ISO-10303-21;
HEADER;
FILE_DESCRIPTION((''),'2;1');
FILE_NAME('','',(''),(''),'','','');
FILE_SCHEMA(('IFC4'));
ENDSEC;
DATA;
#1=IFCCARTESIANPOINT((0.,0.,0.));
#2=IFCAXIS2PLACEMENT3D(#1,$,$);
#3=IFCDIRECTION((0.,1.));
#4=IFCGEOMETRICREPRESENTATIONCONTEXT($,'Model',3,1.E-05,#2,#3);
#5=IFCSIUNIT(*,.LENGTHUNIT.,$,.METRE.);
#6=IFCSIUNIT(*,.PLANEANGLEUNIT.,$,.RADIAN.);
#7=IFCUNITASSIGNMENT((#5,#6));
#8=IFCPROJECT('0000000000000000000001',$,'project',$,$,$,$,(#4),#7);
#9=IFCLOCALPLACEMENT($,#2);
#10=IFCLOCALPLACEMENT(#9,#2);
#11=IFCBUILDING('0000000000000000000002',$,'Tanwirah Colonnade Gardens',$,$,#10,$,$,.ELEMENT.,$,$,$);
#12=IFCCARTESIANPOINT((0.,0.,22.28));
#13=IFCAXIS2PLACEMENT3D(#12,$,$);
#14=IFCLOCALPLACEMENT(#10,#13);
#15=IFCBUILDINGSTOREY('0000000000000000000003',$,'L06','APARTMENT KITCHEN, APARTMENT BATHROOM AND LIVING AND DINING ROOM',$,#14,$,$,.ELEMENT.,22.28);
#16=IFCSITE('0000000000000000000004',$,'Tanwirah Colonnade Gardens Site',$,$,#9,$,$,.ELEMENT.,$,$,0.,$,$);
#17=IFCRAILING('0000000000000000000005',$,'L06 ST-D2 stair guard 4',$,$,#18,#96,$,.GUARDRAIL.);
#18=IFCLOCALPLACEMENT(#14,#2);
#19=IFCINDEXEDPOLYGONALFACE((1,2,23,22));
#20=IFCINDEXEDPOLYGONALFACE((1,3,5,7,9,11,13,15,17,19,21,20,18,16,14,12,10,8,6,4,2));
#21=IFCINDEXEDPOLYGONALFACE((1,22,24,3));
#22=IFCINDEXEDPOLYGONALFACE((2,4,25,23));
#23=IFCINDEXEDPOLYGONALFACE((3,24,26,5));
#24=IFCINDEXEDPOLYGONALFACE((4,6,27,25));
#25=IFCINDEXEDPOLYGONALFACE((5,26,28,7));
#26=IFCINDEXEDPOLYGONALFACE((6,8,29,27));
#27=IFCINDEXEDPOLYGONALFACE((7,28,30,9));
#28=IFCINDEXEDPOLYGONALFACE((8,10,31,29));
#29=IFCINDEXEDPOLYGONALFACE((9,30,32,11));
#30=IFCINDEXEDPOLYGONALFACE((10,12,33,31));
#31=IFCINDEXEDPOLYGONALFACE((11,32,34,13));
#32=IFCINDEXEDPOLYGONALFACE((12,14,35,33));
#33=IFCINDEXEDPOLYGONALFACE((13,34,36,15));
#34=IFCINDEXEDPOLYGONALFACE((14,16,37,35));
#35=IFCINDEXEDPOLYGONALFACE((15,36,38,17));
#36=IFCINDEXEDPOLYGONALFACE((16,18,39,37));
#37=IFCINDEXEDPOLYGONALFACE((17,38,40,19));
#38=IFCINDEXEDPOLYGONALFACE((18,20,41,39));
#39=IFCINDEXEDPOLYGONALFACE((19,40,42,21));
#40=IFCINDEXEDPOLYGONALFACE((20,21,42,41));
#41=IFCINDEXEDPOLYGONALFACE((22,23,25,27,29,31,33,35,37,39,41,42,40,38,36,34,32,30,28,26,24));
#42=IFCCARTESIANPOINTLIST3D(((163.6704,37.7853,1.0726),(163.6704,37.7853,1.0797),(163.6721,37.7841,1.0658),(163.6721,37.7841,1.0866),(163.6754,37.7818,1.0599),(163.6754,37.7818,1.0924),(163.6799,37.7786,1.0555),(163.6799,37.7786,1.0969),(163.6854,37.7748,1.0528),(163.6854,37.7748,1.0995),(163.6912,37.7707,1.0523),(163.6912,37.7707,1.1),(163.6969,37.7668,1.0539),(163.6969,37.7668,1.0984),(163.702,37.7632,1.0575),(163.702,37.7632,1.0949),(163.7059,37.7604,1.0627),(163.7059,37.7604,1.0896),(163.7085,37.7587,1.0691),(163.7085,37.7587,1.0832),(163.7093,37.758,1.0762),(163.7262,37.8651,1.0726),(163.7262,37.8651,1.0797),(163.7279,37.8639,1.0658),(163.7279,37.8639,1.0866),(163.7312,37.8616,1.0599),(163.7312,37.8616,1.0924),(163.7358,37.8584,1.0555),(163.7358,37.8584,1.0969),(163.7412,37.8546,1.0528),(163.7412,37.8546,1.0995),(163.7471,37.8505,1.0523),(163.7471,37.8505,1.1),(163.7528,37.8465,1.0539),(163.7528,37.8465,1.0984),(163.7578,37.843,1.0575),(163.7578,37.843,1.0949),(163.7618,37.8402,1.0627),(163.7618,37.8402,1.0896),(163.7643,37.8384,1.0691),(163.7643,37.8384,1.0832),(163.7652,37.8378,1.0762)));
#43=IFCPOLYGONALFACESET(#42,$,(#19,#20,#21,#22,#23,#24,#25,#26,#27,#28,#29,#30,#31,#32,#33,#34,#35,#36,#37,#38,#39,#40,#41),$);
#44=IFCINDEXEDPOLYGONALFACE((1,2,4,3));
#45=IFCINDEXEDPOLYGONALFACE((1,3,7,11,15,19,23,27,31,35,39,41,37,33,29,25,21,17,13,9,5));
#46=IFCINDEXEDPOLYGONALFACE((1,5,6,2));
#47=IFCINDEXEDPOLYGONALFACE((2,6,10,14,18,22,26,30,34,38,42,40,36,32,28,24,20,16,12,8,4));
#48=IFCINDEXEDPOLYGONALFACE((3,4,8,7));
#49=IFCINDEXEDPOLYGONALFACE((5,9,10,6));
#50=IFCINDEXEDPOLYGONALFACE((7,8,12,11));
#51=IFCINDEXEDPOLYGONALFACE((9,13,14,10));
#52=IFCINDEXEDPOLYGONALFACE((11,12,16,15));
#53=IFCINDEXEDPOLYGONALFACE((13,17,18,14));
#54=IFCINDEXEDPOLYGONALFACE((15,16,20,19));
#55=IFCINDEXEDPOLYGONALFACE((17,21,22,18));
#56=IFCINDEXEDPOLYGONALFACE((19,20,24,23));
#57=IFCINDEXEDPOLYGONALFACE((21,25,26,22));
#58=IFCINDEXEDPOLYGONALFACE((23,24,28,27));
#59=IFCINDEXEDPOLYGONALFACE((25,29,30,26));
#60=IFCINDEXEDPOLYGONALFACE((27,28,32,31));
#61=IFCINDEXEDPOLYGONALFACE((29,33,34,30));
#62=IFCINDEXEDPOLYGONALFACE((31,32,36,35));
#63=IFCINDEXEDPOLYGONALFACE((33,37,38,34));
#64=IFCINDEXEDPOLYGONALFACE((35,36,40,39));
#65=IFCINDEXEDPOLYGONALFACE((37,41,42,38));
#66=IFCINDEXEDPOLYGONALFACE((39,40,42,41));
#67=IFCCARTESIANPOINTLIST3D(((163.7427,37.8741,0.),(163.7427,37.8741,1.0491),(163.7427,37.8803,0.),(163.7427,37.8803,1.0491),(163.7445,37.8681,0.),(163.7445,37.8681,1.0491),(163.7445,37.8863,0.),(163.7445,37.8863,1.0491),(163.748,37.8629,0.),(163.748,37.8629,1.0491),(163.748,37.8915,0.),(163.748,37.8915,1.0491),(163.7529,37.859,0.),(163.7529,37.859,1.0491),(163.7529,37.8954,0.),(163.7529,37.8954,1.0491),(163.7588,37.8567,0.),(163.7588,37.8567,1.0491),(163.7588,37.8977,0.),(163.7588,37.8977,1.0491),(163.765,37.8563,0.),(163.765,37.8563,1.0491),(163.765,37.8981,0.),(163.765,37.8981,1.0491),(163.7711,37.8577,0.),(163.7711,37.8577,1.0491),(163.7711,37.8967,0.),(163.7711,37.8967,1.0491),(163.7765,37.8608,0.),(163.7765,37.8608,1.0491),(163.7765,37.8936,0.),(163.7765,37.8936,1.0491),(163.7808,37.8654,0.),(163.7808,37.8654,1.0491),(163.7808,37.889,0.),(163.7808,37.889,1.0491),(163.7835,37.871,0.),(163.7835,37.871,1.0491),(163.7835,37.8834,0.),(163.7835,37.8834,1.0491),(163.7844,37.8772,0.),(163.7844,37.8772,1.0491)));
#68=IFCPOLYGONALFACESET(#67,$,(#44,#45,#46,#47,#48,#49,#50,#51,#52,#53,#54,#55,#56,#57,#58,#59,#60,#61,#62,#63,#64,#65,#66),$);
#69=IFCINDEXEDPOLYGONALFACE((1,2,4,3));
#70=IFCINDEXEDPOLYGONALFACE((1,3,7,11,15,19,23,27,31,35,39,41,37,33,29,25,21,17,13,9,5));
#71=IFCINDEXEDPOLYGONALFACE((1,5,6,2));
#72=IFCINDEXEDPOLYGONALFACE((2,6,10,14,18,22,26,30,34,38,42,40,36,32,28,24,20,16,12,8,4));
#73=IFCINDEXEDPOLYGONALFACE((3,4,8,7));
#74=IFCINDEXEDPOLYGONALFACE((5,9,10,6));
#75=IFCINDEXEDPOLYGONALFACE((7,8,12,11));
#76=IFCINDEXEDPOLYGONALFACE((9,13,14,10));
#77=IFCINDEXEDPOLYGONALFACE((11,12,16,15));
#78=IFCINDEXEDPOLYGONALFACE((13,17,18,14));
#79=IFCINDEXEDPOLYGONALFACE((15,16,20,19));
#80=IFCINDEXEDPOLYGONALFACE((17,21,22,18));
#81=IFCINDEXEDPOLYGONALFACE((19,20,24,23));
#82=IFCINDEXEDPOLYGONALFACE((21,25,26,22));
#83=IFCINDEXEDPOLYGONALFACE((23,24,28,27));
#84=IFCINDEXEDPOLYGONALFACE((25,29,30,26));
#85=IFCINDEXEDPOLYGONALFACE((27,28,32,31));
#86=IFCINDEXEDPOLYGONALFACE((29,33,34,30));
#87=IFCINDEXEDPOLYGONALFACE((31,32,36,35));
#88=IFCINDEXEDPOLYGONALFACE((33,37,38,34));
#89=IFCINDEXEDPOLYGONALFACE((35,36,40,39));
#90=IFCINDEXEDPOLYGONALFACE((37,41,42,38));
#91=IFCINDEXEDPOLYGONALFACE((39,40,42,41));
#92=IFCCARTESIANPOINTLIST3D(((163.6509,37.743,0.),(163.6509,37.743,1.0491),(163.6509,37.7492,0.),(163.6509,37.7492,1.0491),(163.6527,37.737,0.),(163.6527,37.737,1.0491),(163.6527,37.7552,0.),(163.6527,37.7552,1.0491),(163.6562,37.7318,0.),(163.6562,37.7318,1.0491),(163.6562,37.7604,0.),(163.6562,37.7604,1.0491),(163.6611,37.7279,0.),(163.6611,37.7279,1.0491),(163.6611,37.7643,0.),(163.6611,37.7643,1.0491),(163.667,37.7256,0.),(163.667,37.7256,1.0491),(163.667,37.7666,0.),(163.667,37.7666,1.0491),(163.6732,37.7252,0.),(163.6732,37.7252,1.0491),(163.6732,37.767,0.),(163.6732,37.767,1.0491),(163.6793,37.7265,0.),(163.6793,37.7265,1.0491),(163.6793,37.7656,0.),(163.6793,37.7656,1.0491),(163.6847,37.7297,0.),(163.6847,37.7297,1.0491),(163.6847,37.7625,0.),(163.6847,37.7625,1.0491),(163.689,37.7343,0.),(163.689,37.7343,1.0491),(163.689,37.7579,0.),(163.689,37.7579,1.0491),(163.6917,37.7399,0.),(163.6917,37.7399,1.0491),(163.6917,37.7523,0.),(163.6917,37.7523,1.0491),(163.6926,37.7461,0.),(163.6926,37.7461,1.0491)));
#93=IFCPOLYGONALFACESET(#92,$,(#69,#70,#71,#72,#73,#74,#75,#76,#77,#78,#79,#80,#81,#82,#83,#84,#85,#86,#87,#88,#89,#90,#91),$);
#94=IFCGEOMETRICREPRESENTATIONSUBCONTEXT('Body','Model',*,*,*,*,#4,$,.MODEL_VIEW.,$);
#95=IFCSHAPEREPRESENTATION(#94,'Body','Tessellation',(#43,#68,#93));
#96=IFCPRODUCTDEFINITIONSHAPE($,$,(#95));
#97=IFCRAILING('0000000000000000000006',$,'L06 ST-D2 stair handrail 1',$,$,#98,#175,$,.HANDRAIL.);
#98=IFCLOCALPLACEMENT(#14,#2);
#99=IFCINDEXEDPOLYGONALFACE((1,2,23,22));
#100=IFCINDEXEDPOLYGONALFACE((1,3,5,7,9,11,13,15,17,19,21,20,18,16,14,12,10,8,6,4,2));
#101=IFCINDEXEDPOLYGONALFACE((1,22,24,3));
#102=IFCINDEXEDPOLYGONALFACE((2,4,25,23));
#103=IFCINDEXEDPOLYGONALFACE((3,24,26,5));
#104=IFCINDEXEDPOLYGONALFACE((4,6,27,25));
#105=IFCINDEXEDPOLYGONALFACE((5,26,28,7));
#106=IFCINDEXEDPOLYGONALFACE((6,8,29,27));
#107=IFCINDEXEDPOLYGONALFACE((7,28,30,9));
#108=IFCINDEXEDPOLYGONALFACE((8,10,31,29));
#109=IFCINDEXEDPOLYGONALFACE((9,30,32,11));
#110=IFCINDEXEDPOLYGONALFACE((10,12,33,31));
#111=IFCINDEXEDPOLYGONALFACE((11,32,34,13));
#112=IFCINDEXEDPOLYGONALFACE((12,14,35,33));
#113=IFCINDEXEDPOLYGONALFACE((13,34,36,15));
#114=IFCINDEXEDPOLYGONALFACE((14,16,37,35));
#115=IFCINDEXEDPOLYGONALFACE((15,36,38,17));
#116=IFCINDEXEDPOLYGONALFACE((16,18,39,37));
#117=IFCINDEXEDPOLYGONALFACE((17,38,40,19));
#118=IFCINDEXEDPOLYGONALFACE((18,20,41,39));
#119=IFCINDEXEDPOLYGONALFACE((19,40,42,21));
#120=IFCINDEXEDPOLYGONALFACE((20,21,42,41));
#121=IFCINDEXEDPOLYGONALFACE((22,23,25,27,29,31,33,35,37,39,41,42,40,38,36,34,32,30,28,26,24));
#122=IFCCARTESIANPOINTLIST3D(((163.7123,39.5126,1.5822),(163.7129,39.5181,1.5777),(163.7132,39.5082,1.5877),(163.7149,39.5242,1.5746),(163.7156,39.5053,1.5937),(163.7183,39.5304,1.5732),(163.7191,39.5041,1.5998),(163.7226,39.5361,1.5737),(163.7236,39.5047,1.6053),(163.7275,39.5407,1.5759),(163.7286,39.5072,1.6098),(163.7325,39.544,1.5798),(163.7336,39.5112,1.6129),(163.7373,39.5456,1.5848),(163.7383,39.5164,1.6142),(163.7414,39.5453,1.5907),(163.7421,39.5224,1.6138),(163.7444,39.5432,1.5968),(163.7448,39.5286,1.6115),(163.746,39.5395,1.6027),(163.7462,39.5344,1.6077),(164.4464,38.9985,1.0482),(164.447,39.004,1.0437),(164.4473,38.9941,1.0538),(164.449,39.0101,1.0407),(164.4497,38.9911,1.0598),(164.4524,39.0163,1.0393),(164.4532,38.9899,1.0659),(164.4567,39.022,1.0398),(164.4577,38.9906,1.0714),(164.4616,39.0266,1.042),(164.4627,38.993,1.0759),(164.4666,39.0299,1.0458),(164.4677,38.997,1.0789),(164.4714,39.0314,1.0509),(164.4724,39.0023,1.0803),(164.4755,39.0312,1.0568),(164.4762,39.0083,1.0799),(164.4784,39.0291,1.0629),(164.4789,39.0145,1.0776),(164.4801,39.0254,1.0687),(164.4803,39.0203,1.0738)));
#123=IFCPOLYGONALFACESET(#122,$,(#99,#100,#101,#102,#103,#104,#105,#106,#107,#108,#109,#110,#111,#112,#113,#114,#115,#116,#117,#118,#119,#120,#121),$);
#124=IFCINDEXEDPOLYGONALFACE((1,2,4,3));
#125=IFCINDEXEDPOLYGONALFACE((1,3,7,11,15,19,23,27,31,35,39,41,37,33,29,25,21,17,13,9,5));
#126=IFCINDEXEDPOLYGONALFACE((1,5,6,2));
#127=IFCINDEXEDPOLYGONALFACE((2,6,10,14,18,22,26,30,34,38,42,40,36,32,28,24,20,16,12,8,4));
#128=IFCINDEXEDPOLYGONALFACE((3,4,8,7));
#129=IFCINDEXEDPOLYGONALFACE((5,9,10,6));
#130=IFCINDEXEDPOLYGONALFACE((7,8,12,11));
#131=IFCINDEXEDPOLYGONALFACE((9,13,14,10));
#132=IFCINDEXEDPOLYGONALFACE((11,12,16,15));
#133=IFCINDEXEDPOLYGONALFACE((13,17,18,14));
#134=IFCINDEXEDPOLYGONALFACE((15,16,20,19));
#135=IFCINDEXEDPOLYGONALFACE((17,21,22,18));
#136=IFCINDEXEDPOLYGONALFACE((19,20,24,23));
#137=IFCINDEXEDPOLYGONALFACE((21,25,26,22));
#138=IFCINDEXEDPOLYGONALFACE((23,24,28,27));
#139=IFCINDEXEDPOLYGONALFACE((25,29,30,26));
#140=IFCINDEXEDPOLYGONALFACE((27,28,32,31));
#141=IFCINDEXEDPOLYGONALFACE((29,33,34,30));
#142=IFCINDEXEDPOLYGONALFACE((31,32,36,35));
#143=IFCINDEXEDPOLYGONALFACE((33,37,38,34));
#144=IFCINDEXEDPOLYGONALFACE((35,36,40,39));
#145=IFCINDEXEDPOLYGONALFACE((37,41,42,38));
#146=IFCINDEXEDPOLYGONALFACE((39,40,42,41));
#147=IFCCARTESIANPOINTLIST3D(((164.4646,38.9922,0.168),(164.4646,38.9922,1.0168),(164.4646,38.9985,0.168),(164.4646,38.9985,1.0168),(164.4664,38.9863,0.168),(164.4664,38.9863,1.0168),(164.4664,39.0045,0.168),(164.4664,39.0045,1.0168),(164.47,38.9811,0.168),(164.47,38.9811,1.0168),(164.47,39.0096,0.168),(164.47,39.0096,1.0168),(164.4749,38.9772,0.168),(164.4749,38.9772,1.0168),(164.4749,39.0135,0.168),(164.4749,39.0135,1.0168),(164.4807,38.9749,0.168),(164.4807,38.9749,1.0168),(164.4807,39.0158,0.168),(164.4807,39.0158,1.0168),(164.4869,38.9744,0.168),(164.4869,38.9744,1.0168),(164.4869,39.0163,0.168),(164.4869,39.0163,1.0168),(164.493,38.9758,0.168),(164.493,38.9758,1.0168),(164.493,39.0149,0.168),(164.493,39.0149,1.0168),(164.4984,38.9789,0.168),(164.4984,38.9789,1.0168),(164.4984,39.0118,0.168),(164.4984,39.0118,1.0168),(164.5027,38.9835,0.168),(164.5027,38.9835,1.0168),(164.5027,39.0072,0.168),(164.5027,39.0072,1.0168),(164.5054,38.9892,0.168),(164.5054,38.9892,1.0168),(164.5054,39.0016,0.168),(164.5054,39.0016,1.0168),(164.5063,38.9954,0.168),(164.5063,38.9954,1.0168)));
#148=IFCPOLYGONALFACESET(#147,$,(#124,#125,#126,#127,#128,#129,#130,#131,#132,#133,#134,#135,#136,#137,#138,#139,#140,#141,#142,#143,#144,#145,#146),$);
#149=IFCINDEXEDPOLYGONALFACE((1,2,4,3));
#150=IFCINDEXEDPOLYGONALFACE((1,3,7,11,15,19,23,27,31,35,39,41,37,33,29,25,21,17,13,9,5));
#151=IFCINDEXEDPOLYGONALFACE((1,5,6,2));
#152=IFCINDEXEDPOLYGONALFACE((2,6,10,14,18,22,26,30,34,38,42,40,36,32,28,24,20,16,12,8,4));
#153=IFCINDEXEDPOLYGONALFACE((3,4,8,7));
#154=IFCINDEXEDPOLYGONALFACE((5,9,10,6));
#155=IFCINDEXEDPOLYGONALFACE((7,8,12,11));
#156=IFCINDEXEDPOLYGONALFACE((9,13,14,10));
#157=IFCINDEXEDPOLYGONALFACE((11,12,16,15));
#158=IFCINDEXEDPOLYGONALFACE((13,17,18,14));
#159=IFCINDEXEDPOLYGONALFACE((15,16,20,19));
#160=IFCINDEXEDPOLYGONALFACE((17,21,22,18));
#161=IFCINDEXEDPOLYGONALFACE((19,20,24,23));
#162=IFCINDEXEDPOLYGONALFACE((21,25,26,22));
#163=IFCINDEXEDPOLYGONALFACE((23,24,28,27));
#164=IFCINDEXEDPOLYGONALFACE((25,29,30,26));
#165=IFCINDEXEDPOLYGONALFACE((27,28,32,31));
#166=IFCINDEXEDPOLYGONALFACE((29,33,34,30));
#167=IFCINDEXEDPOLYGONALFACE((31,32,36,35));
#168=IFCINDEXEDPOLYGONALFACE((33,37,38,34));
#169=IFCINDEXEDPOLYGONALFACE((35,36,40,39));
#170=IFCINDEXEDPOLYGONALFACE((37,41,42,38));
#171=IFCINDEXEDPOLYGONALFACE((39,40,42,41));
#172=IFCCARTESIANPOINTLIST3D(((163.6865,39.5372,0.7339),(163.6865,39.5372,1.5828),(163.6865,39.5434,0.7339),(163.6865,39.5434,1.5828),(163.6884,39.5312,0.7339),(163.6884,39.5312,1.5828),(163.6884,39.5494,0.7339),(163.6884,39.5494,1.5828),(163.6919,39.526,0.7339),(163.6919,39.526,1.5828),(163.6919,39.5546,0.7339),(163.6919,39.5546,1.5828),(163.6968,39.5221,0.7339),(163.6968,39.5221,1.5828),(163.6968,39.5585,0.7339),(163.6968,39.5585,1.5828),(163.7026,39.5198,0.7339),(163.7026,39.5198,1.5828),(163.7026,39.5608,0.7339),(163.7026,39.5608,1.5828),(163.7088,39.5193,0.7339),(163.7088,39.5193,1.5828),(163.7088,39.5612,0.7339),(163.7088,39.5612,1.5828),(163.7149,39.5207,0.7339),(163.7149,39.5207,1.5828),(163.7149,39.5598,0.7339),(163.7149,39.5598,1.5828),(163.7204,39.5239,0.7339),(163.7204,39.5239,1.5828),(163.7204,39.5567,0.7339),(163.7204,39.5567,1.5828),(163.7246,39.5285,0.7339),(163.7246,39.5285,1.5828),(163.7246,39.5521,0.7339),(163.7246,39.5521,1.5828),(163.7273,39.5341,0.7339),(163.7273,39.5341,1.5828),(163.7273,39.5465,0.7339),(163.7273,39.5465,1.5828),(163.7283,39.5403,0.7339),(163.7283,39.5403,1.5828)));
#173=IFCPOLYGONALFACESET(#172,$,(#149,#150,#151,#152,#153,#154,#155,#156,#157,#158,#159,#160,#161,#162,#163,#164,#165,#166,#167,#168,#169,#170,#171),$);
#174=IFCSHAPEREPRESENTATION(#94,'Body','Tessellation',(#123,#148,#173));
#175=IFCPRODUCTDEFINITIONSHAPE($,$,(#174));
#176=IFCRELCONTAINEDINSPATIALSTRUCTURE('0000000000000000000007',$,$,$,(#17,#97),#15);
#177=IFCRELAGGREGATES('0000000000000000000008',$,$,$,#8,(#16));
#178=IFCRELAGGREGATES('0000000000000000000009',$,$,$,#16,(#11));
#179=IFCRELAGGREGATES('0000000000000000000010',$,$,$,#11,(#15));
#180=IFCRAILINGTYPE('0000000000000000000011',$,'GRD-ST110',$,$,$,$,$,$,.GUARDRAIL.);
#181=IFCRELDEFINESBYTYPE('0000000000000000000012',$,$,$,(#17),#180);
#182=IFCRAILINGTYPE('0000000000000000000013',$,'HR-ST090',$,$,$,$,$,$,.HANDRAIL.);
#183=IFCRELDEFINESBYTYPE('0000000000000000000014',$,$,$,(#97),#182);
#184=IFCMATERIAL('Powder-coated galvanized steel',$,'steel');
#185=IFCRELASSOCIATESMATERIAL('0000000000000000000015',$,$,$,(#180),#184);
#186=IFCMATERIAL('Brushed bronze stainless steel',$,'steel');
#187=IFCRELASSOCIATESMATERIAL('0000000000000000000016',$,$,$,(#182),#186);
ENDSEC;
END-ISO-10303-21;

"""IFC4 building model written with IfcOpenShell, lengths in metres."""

from ifc_helpers import new_model, si_unit, direction, frame, origin, origin_2d, place, context, subcontext, project, spatial, circle, extrude, material, type_object, element, save


model = new_model("IFC4")

# Units and contexts
model_context = context("Model", 3, precision=1e-05, world=origin(), true_north=direction((0.0, 1.0)))
body_context = subcontext(model_context, "Body", "Model", "MODEL_VIEW")
ifc_project = project(units=[si_unit("LENGTHUNIT", "METRE"), si_unit("PLANEANGLEUNIT", "RADIAN")], contexts=[model_context])

# Site, building, storey
site_placement = place(None, origin())
site = spatial("IfcSite", under=ifc_project, at=site_placement, Name="Tanwirah Colonnade Gardens Site", CompositionType="ELEMENT", RefElevation=0.0)
building_placement = place(site_placement, origin())
building = spatial("IfcBuilding", under=site, at=building_placement, Name="Tanwirah Colonnade Gardens", CompositionType="ELEMENT")
storey_placement = place(building_placement, frame((0.0, 0.0, 22.28)))
storey = spatial("IfcBuildingStorey", under=building, at=storey_placement, Name="L06", Description="APARTMENT KITCHEN, APARTMENT BATHROOM AND LIVING AND DINING ROOM", CompositionType="ELEMENT", Elevation=22.28)

# Railings
ifc_material_1 = material(Name="Powder-coated galvanized steel", Category="steel")
railing_type_1 = type_object("IfcRailingType", Name="GRD-ST110", PredefinedType="GUARDRAIL", material=ifc_material_1)
railing_1_placement = place(storey_placement, frame((163.7634, 37.8772, 0.0)))
element("IfcRailing", 1, at=railing_1_placement, inside=storey, type_object=railing_type_1, Name="L06 ST-D2 stair guard 4", PredefinedType="GUARDRAIL", context=body_context, shape_type="SweptSolid", body=[
    extrude(circle(Radius=0.0239, at=origin_2d()), frame((-0.0178, -0.0256, 1.0762), z_axis=(-0.573565, -0.81916, 0.0), x_axis=(0.81916, -0.573565, 0.0)), (0.0, 0.0, 1.0), 0.0974),
    extrude(circle(Radius=0.021, at=origin_2d()), origin(), (0.0, 0.0, 1.0), 1.0491),
    extrude(circle(Radius=0.021, at=origin_2d()), frame((-0.0918, -0.1311, 0.0)), (0.0, 0.0, 1.0), 1.0491),
])
ifc_material_2 = material(Name="Brushed bronze stainless steel", Category="steel")
railing_type_2 = type_object("IfcRailingType", Name="HR-ST090", PredefinedType="HANDRAIL", material=ifc_material_2)
railing_2_placement = place(storey_placement, frame((164.4854, 38.9954, 0.168)))
element("IfcRailing", 2, at=railing_2_placement, inside=storey, type_object=railing_type_2, Name="L06 ST-D2 stair handrail 1", PredefinedType="HANDRAIL", context=body_context, shape_type="SweptSolid", body=[
    extrude(circle(Radius=0.0239, at=origin_2d()), frame((-0.022, 0.0154, 0.8918), z_axis=(-0.703686, 0.492823, 0.511812), x_axis=(-0.573652, -0.819099, 0.0)), (0.0, 0.0, 1.0), 1.0432),
    extrude(circle(Radius=0.021, at=origin_2d()), origin(), (0.0, 0.0, 1.0), 0.8489),
    extrude(circle(Radius=0.021, at=origin_2d()), frame((-0.7781, 0.5449, 0.5659)), (0.0, 0.0, 1.0), 0.8489),
])

save(model, "model.ifc")
